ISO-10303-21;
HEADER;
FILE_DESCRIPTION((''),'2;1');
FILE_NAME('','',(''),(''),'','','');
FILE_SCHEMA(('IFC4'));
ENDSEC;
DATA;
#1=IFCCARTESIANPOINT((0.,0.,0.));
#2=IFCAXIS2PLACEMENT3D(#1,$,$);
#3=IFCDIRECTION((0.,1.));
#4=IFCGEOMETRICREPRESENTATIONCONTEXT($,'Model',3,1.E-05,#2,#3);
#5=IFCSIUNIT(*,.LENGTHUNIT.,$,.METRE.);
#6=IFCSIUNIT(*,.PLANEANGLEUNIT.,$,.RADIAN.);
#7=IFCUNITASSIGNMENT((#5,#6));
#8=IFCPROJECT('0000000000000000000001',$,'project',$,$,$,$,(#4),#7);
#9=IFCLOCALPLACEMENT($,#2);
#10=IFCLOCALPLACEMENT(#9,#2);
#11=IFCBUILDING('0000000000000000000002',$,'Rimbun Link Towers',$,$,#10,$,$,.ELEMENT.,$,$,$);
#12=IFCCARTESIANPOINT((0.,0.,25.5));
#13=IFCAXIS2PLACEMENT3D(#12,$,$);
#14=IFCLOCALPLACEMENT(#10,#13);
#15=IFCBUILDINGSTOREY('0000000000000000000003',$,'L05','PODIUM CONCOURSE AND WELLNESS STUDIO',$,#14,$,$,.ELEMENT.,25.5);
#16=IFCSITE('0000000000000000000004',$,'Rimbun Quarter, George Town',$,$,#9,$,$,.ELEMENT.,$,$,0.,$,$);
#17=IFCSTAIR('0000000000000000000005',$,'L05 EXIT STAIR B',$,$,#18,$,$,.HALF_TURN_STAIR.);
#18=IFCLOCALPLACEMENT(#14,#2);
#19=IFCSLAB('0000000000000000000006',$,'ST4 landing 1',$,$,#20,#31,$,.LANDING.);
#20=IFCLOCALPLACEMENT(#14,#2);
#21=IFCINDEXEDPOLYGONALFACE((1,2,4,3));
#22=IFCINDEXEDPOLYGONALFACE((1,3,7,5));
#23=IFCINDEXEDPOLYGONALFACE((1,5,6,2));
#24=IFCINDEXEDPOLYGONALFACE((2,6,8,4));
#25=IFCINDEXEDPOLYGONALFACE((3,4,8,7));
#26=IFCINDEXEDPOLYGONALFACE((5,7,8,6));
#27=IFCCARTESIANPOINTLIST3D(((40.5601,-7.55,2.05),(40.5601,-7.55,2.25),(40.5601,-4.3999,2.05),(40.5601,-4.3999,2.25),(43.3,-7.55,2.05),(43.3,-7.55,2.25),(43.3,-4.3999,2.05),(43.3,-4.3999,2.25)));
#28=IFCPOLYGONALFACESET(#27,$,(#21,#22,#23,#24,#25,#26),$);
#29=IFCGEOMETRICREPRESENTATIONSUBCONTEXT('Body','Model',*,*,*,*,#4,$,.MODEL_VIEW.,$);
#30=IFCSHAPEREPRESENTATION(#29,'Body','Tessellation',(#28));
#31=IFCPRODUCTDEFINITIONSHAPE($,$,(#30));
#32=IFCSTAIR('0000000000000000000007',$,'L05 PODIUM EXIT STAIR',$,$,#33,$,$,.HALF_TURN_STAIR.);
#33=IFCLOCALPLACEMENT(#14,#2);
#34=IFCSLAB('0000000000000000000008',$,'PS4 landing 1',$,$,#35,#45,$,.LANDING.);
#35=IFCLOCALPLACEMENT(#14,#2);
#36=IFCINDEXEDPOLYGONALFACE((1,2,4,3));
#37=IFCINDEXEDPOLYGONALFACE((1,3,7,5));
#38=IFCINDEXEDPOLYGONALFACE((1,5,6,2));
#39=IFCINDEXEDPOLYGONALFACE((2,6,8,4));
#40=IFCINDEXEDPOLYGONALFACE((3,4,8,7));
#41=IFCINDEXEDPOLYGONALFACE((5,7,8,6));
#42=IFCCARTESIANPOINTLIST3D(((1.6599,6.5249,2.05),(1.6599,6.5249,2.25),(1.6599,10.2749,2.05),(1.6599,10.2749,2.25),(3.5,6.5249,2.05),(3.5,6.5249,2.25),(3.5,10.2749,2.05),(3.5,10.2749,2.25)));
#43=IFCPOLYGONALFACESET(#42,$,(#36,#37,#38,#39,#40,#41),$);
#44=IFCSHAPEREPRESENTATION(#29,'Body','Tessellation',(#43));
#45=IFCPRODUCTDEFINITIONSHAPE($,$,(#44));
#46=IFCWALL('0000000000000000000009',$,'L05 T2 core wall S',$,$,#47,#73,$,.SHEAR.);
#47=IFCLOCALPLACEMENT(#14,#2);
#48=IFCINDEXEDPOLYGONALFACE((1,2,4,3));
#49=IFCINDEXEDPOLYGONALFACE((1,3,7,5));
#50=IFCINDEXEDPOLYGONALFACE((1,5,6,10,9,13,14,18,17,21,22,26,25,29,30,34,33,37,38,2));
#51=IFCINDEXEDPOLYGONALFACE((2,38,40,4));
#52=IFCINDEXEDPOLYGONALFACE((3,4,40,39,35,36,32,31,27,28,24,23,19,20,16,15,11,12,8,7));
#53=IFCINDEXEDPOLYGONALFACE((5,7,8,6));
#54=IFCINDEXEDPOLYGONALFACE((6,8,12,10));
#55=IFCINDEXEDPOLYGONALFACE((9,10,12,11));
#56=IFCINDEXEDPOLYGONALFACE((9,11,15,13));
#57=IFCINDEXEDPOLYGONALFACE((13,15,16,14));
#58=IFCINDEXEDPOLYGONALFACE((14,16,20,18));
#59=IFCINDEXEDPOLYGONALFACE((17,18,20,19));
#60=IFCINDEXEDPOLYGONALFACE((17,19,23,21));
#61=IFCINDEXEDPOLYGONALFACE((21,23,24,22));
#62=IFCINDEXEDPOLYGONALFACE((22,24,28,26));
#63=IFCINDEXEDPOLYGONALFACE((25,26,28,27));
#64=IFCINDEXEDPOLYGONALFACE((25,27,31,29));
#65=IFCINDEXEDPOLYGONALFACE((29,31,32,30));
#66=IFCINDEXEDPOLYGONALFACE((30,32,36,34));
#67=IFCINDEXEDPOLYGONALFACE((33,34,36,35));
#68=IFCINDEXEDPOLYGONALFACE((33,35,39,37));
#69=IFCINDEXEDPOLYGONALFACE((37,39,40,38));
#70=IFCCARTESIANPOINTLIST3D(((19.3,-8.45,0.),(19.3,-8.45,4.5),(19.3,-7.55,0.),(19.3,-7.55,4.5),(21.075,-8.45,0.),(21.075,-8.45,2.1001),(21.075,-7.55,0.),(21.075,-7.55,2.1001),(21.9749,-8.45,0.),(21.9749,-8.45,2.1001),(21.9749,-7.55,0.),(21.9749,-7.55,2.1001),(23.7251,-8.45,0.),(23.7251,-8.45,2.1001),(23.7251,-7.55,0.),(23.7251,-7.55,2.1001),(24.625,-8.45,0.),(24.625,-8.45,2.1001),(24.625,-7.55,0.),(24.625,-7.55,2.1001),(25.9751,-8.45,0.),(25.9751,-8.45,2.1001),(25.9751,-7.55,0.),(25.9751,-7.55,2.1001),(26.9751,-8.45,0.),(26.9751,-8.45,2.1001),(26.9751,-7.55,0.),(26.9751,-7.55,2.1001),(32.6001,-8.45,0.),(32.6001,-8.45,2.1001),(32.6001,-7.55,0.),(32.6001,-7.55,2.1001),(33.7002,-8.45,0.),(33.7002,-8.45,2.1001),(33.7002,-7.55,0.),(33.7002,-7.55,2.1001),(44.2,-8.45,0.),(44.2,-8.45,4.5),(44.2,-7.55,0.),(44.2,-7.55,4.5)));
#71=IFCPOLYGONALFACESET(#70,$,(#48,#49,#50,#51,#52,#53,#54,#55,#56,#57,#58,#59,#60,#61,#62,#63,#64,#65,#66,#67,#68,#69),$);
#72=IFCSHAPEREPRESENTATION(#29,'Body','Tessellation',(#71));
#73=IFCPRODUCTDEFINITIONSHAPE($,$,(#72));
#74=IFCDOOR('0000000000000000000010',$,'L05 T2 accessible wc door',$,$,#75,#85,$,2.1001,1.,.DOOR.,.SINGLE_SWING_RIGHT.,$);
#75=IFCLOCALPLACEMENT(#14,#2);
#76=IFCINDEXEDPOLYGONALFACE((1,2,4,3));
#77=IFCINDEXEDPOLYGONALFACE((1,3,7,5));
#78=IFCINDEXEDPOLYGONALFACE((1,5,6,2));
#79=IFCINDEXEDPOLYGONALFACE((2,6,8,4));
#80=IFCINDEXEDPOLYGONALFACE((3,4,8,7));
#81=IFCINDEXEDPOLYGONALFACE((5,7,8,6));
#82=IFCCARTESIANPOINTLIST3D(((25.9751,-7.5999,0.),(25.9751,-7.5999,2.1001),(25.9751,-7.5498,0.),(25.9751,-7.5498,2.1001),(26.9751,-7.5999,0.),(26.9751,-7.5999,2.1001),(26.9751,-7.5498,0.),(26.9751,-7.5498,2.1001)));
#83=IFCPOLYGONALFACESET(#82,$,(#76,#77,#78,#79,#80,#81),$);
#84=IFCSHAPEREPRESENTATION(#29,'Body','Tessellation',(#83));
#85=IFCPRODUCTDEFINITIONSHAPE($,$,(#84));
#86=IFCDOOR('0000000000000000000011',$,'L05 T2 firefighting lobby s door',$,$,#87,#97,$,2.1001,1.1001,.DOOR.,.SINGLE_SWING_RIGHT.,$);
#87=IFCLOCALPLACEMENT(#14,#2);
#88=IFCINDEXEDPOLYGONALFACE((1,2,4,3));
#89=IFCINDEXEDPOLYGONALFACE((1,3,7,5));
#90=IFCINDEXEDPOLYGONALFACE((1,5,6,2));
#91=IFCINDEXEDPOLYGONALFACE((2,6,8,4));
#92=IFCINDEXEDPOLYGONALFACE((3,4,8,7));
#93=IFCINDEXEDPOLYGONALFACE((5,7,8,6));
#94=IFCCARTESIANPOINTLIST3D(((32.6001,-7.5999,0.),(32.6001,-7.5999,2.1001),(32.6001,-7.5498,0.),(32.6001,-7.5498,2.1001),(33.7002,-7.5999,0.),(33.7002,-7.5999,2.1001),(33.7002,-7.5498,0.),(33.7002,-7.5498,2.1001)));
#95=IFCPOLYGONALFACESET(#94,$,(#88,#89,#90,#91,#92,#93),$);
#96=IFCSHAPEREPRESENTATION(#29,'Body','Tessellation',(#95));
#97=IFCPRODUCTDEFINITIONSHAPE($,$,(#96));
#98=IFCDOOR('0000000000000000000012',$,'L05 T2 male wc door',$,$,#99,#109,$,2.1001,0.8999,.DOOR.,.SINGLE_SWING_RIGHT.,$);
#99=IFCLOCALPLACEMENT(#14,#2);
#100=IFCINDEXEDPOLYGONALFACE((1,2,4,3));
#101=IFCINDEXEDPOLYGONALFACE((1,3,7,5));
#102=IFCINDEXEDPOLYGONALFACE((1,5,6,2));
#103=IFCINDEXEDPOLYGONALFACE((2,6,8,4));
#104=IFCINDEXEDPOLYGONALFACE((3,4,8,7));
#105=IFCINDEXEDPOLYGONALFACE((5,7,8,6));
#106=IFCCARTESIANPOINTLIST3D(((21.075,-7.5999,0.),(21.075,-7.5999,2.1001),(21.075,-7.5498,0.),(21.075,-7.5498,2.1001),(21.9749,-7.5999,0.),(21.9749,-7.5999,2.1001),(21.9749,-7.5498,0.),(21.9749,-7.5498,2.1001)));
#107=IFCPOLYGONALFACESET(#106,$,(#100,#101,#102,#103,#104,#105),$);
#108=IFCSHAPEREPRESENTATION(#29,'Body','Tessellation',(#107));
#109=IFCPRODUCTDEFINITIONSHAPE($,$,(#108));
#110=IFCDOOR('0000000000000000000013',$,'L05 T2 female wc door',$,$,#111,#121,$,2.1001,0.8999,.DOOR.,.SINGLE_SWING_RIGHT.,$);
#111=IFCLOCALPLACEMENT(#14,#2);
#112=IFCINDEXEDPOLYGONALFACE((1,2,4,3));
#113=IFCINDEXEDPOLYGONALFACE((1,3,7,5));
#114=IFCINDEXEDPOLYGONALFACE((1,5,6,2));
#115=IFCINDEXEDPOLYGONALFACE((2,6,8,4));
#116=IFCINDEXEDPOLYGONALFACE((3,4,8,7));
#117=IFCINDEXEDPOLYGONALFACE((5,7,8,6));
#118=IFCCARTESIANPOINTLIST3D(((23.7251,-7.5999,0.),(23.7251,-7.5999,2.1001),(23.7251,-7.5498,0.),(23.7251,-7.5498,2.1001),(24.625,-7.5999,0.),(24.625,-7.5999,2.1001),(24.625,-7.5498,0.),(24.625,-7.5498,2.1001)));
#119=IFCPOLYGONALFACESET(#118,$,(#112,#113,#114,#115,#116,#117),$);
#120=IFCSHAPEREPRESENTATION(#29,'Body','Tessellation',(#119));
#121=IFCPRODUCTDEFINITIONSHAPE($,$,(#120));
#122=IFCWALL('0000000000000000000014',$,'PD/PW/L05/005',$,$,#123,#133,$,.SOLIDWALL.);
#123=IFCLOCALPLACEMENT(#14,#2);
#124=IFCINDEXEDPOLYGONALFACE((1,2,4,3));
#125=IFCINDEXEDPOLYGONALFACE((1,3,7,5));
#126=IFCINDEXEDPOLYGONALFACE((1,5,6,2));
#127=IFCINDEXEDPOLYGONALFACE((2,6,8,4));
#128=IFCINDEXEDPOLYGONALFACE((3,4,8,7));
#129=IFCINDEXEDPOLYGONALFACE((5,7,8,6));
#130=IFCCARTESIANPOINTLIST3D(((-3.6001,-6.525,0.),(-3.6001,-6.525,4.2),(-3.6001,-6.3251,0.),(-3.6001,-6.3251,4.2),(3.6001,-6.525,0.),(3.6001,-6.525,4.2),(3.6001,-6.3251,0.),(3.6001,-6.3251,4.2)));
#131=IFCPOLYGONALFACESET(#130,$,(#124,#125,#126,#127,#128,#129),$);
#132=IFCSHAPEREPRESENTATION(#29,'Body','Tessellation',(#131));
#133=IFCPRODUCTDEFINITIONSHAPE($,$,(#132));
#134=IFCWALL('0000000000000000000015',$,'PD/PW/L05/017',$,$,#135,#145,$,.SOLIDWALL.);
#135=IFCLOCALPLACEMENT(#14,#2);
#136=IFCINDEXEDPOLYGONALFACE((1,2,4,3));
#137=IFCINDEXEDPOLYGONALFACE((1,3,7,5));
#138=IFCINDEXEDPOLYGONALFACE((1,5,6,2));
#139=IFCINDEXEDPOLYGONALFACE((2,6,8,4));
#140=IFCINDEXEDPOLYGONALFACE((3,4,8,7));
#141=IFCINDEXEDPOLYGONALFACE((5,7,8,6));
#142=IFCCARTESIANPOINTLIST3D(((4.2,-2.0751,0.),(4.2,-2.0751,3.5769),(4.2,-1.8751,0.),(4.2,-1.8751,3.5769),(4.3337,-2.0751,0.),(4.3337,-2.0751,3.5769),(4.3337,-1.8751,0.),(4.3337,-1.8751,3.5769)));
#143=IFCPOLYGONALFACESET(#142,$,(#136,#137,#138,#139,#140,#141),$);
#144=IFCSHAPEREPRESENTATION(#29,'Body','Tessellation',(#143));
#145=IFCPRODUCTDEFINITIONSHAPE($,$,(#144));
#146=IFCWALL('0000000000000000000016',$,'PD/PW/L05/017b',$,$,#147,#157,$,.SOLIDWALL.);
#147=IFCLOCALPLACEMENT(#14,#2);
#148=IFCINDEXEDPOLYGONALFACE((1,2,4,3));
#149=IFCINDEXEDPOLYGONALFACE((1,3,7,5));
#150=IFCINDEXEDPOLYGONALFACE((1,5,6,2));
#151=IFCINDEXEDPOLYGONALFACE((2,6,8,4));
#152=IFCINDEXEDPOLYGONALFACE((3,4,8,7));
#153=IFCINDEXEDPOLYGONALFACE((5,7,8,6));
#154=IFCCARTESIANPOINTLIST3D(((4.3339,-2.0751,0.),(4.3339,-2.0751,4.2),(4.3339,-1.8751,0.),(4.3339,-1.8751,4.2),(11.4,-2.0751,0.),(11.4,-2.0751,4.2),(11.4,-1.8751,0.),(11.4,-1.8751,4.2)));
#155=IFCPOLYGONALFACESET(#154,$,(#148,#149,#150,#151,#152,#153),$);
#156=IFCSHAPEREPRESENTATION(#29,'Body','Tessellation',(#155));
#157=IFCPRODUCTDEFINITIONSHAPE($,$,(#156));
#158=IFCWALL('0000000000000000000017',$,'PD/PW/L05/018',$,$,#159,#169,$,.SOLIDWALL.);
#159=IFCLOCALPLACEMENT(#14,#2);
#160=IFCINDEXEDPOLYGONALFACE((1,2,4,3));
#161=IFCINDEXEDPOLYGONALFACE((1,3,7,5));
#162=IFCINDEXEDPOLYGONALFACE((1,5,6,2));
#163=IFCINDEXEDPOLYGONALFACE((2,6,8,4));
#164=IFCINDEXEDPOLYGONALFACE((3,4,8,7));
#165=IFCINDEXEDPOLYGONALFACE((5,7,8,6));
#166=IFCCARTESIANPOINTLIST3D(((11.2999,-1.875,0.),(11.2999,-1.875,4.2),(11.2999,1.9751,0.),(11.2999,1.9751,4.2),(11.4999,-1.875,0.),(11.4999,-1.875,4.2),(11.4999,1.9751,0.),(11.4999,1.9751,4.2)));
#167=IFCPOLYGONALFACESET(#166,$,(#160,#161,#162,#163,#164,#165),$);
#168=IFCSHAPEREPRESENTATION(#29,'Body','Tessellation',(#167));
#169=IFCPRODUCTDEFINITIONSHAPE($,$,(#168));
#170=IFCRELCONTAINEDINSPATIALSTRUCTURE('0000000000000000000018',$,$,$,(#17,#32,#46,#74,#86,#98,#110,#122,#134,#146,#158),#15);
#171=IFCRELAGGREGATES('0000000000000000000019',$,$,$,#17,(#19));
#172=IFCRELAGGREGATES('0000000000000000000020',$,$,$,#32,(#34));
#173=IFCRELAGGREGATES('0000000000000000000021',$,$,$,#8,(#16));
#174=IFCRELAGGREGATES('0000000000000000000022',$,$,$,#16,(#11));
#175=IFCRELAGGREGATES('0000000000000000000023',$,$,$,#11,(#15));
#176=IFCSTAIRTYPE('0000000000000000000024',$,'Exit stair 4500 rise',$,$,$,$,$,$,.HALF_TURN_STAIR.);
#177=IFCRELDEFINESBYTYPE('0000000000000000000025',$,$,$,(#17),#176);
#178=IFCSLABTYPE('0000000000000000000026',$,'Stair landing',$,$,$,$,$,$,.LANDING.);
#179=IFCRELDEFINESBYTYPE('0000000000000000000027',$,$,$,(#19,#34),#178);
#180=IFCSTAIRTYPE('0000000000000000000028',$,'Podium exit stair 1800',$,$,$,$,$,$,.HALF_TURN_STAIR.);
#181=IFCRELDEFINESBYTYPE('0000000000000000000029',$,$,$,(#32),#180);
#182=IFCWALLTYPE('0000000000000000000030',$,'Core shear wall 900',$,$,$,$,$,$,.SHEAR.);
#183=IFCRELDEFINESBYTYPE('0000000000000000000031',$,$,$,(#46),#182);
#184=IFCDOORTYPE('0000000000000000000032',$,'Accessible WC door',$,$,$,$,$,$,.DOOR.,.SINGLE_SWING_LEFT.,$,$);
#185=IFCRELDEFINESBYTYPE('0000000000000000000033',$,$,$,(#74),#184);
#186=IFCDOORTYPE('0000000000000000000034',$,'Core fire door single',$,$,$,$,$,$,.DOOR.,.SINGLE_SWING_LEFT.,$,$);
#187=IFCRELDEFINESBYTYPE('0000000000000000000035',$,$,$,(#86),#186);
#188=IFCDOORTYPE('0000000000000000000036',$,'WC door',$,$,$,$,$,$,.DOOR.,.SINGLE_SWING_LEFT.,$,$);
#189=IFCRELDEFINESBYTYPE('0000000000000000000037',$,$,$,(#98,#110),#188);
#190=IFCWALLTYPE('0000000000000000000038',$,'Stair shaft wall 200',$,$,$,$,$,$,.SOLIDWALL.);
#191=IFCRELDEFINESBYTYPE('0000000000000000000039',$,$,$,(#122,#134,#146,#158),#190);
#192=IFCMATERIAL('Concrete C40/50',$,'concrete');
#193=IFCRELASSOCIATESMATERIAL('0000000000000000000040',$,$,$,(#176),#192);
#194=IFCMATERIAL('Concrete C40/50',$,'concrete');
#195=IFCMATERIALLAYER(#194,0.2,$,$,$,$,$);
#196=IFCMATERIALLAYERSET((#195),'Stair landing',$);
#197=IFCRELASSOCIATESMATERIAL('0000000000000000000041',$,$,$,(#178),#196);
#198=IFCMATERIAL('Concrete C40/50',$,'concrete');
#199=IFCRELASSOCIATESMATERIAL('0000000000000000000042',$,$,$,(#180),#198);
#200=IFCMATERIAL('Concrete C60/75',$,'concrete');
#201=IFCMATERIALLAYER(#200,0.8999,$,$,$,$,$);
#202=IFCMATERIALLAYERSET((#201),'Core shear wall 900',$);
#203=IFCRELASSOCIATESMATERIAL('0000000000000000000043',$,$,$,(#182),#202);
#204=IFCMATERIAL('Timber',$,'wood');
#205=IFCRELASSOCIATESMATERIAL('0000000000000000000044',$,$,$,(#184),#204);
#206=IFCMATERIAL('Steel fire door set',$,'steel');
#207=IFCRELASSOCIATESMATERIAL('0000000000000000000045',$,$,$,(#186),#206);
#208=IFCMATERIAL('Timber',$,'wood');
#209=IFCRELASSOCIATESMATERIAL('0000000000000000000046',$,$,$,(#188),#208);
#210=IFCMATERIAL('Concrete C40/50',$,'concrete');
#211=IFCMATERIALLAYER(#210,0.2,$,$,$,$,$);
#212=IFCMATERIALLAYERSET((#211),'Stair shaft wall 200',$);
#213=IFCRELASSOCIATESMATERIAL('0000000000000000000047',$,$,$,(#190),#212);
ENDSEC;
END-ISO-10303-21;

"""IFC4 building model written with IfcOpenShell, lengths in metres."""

from ifc_helpers import new_model, si_unit, direction, frame, frame_2d, origin, place, context, subcontext, project, spatial, polyline, rectangle, outline, extrude, material, layer, layer_set, type_object, element, fill, aggregate, save


model = new_model("IFC4")

# Units and contexts
model_context = context("Model", 3, precision=1e-05, world=origin(), true_north=direction((0.0, 1.0)))
body_context = subcontext(model_context, "Body", "Model", "MODEL_VIEW")
ifc_project = project(units=[si_unit("LENGTHUNIT", "METRE"), si_unit("PLANEANGLEUNIT", "RADIAN")], contexts=[model_context])

# Site, building, storey
site_placement = place(None, origin())
site = spatial("IfcSite", under=ifc_project, at=site_placement, Name="Rimbun Quarter, George Town", CompositionType="ELEMENT", RefElevation=0.0)
building_placement = place(site_placement, origin())
building = spatial("IfcBuilding", under=site, at=building_placement, Name="Rimbun Link Towers", CompositionType="ELEMENT")
storey_placement = place(building_placement, frame((0.0, 0.0, 25.5)))
storey = spatial("IfcBuildingStorey", under=building, at=storey_placement, Name="L05", Description="PODIUM CONCOURSE AND WELLNESS STUDIO", CompositionType="ELEMENT", Elevation=25.5)

# Stairs, slabs
ifc_material_1 = material(Name="Concrete C40/50", Category="concrete")
stair_type_1 = type_object("IfcStairType", Name="Exit stair 4500 rise", PredefinedType="HALF_TURN_STAIR", material=ifc_material_1)
ifc_material_2 = material(Name="Concrete C40/50", Category="concrete")
ifc_layer_1 = layer(ifc_material_2, 0.2)
ifc_layer_set_1 = layer_set([ifc_layer_1], Name="Stair landing")
slab_type_1 = type_object("IfcSlabType", Name="Stair landing", PredefinedType="LANDING", material=ifc_layer_set_1)
stair_1_placement = place(storey_placement, origin())
stair_1 = element("IfcStair", 1, at=stair_1_placement, inside=storey, type_object=stair_type_1, Name="L05 EXIT STAIR B", PredefinedType="HALF_TURN_STAIR")
slab_1_placement = place(storey_placement, frame((0.0, 0.0, 2.05)))
slab_1 = element("IfcSlab", 2, at=slab_1_placement, type_object=slab_type_1, Name="ST4 landing 1", PredefinedType="LANDING", context=body_context, shape_type="SweptSolid", body=[
    extrude(outline(polyline([(40.5601, -7.55), (43.3, -7.55), (43.3, -4.3999), (40.5601, -4.3999), (40.5601, -7.55)])), origin(), (0.0, 0.0, 1.0), 0.2),
])
aggregate(stair_1, [slab_1])
ifc_material_3 = material(Name="Concrete C40/50", Category="concrete")
stair_type_2 = type_object("IfcStairType", Name="Podium exit stair 1800", PredefinedType="HALF_TURN_STAIR", material=ifc_material_3)
stair_2_placement = place(storey_placement, origin())
stair_2 = element("IfcStair", 3, at=stair_2_placement, inside=storey, type_object=stair_type_2, Name="L05 PODIUM EXIT STAIR", PredefinedType="HALF_TURN_STAIR")
slab_2_placement = place(storey_placement, frame((0.0, 0.0, 2.05)))
slab_2 = element("IfcSlab", 4, at=slab_2_placement, type_object=slab_type_1, Name="PS4 landing 1", PredefinedType="LANDING", context=body_context, shape_type="SweptSolid", body=[
    extrude(outline(polyline([(1.6599, 6.5249), (3.5, 6.5249), (3.5, 10.2749), (1.6599, 10.2749), (1.6599, 6.5249)])), origin(), (0.0, 0.0, 1.0), 0.2),
])
aggregate(stair_2, [slab_2])

# Wall, openings, doors
ifc_material_4 = material(Name="Concrete C60/75", Category="concrete")
ifc_layer_2 = layer(ifc_material_4, 0.8999)
ifc_layer_set_2 = layer_set([ifc_layer_2], Name="Core shear wall 900")
wall_type_1 = type_object("IfcWallType", Name="Core shear wall 900", PredefinedType="SHEAR", material=ifc_layer_set_2)
wall_1_placement = place(storey_placement, frame((19.3, -8.0, 0.0), z_axis=(0.0, 0.0, 1.0), x_axis=(1.0, 0.0, 0.0)))
wall_1 = element("IfcWall", 5, at=wall_1_placement, inside=storey, type_object=wall_type_1, Name="L05 T2 core wall S", PredefinedType="SHEAR", context=body_context, shape_type="SweptSolid", body=[
    extrude(rectangle(XDim=24.8999, YDim=0.8999, at=frame_2d((12.45, 0.0))), origin(), (0.0, 0.0, 1.0), 4.5),
])
opening_1_placement = place(wall_1_placement, frame((13.3, 0.0, 0.0)))
opening_1 = element("IfcOpeningElement", 6, at=opening_1_placement, cuts=wall_1, PredefinedType="OPENING", context=body_context, shape_type="SweptSolid", body=[
    extrude(rectangle(XDim=1.1001, YDim=2.1001, at=frame_2d((0.55, 1.05))), frame((0.0, 0.46, 0.0), z_axis=(0.0, -1.0, 0.0), x_axis=(1.0, 0.0, 0.0)), (0.0, 0.0, 1.0), 0.9199),
])
opening_2_placement = place(wall_1_placement, frame((1.7749, 0.0, 0.0)))
opening_2 = element("IfcOpeningElement", 7, at=opening_2_placement, cuts=wall_1, PredefinedType="OPENING", context=body_context, shape_type="SweptSolid", body=[
    extrude(rectangle(XDim=0.8999, YDim=2.1001, at=frame_2d((0.45, 1.05))), frame((0.0, 0.46, 0.0), z_axis=(0.0, -1.0, 0.0), x_axis=(1.0, 0.0, 0.0)), (0.0, 0.0, 1.0), 0.9199),
])
opening_3_placement = place(wall_1_placement, frame((4.425, 0.0, 0.0)))
opening_3 = element("IfcOpeningElement", 8, at=opening_3_placement, cuts=wall_1, PredefinedType="OPENING", context=body_context, shape_type="SweptSolid", body=[
    extrude(rectangle(XDim=0.8999, YDim=2.1001, at=frame_2d((0.45, 1.05))), frame((0.0, 0.46, 0.0), z_axis=(0.0, -1.0, 0.0), x_axis=(1.0, 0.0, 0.0)), (0.0, 0.0, 1.0), 0.9199),
])
opening_4_placement = place(wall_1_placement, frame((6.675, 0.0, 0.0)))
opening_4 = element("IfcOpeningElement", 9, at=opening_4_placement, cuts=wall_1, PredefinedType="OPENING", context=body_context, shape_type="SweptSolid", body=[
    extrude(rectangle(XDim=1.0, YDim=2.1001, at=frame_2d((0.5, 1.05))), frame((0.0, 0.46, 0.0), z_axis=(0.0, -1.0, 0.0), x_axis=(1.0, 0.0, 0.0)), (0.0, 0.0, 1.0), 0.9199),
])
ifc_material_5 = material(Name="Timber", Category="wood")
door_type_1 = type_object("IfcDoorType", Name="Accessible WC door", OperationType="SINGLE_SWING_LEFT", PredefinedType="DOOR", material=ifc_material_5)
door_1_placement = place(opening_4_placement, origin())
door_1 = element("IfcDoor", 10, at=door_1_placement, inside=storey, type_object=door_type_1, Name="L05 T2 accessible wc door", OperationType="SINGLE_SWING_RIGHT", OverallHeight=2.1001, OverallWidth=1.0, PredefinedType="DOOR", context=body_context, shape_type="SweptSolid", body=[
    extrude(rectangle(XDim=1.0, YDim=2.1001, at=frame_2d((0.5, 1.05))), frame((0.0, 0.4502, 0.0), z_axis=(0.0, -1.0, 0.0), x_axis=(1.0, 0.0, 0.0)), (0.0, 0.0, 1.0), 0.05),
])
fill(opening_4, door_1)
ifc_material_6 = material(Name="Steel fire door set", Category="steel")
door_type_2 = type_object("IfcDoorType", Name="Core fire door single", OperationType="SINGLE_SWING_LEFT", PredefinedType="DOOR", material=ifc_material_6)
door_2_placement = place(opening_1_placement, origin())
door_2 = element("IfcDoor", 11, at=door_2_placement, inside=storey, type_object=door_type_2, Name="L05 T2 firefighting lobby s door", OperationType="SINGLE_SWING_RIGHT", OverallHeight=2.1001, OverallWidth=1.1001, PredefinedType="DOOR", context=body_context, shape_type="SweptSolid", body=[
    extrude(rectangle(XDim=1.1001, YDim=2.1001, at=frame_2d((0.55, 1.05))), frame((0.0, 0.4502, 0.0), z_axis=(0.0, -1.0, 0.0), x_axis=(1.0, 0.0, 0.0)), (0.0, 0.0, 1.0), 0.05),
])
fill(opening_1, door_2)
ifc_material_7 = material(Name="Timber", Category="wood")
door_type_3 = type_object("IfcDoorType", Name="WC door", OperationType="SINGLE_SWING_LEFT", PredefinedType="DOOR", material=ifc_material_7)
door_3_placement = place(opening_2_placement, origin())
door_3 = element("IfcDoor", 12, at=door_3_placement, inside=storey, type_object=door_type_3, Name="L05 T2 male wc door", OperationType="SINGLE_SWING_RIGHT", OverallHeight=2.1001, OverallWidth=0.8999, PredefinedType="DOOR", context=body_context, shape_type="SweptSolid", body=[
    extrude(rectangle(XDim=0.8999, YDim=2.1001, at=frame_2d((0.45, 1.05))), frame((0.0, 0.4502, 0.0), z_axis=(0.0, -1.0, 0.0), x_axis=(1.0, 0.0, 0.0)), (0.0, 0.0, 1.0), 0.05),
])
fill(opening_2, door_3)
door_4_placement = place(opening_3_placement, origin())
door_4 = element("IfcDoor", 13, at=door_4_placement, inside=storey, type_object=door_type_3, Name="L05 T2 female wc door", OperationType="SINGLE_SWING_RIGHT", OverallHeight=2.1001, OverallWidth=0.8999, PredefinedType="DOOR", context=body_context, shape_type="SweptSolid", body=[
    extrude(rectangle(XDim=0.8999, YDim=2.1001, at=frame_2d((0.45, 1.05))), frame((0.0, 0.4502, 0.0), z_axis=(0.0, -1.0, 0.0), x_axis=(1.0, 0.0, 0.0)), (0.0, 0.0, 1.0), 0.05),
])
fill(opening_3, door_4)

# Walls
ifc_material_8 = material(Name="Concrete C40/50", Category="concrete")
ifc_layer_3 = layer(ifc_material_8, 0.2)
ifc_layer_set_3 = layer_set([ifc_layer_3], Name="Stair shaft wall 200")
wall_type_2 = type_object("IfcWallType", Name="Stair shaft wall 200", PredefinedType="SOLIDWALL", material=ifc_layer_set_3)
wall_2_placement = place(storey_placement, frame((3.6001, -6.425, 0.0), z_axis=(0.0, 0.0, 1.0), x_axis=(-1.0, 0.0, 0.0)))
element("IfcWall", 14, at=wall_2_placement, inside=storey, type_object=wall_type_2, Name="PD/PW/L05/005", PredefinedType="SOLIDWALL", context=body_context, shape_type="SweptSolid", body=[
    extrude(rectangle(XDim=7.2002, YDim=0.2, at=frame_2d((3.6001, 0.0))), origin(), (0.0, 0.0, 1.0), 4.2),
])
wall_3_placement = place(storey_placement, frame((4.2, -1.9751, 0.0), z_axis=(0.0, 0.0, 1.0), x_axis=(1.0, 0.0, 0.0)))
element("IfcWall", 15, at=wall_3_placement, inside=storey, type_object=wall_type_2, Name="PD/PW/L05/017", PredefinedType="SOLIDWALL", context=body_context, shape_type="SweptSolid", body=[
    extrude(rectangle(XDim=0.1338, YDim=0.2, at=frame_2d((0.0669, 0.0))), origin(), (0.0, 0.0, 1.0), 3.5769),
])
wall_4_placement = place(storey_placement, frame((4.3337, -1.9751, 0.0), z_axis=(0.0, 0.0, 1.0), x_axis=(1.0, 0.0, 0.0)))
element("IfcWall", 16, at=wall_4_placement, inside=storey, type_object=wall_type_2, Name="PD/PW/L05/017b", PredefinedType="SOLIDWALL", context=body_context, shape_type="SweptSolid", body=[
    extrude(rectangle(XDim=7.0662, YDim=0.2, at=frame_2d((3.5332, 0.0))), origin(), (0.0, 0.0, 1.0), 4.2),
])
wall_5_placement = place(storey_placement, frame((11.3999, -1.875, 0.0), z_axis=(0.0, 0.0, 1.0), x_axis=(0.0, 1.0, 0.0)))
element("IfcWall", 17, at=wall_5_placement, inside=storey, type_object=wall_type_2, Name="PD/PW/L05/018", PredefinedType="SOLIDWALL", context=body_context, shape_type="SweptSolid", body=[
    extrude(rectangle(XDim=3.8501, YDim=0.2, at=frame_2d((1.925, 0.0))), origin(), (0.0, 0.0, 1.0), 4.2),
])

save(model, "model.ifc")
